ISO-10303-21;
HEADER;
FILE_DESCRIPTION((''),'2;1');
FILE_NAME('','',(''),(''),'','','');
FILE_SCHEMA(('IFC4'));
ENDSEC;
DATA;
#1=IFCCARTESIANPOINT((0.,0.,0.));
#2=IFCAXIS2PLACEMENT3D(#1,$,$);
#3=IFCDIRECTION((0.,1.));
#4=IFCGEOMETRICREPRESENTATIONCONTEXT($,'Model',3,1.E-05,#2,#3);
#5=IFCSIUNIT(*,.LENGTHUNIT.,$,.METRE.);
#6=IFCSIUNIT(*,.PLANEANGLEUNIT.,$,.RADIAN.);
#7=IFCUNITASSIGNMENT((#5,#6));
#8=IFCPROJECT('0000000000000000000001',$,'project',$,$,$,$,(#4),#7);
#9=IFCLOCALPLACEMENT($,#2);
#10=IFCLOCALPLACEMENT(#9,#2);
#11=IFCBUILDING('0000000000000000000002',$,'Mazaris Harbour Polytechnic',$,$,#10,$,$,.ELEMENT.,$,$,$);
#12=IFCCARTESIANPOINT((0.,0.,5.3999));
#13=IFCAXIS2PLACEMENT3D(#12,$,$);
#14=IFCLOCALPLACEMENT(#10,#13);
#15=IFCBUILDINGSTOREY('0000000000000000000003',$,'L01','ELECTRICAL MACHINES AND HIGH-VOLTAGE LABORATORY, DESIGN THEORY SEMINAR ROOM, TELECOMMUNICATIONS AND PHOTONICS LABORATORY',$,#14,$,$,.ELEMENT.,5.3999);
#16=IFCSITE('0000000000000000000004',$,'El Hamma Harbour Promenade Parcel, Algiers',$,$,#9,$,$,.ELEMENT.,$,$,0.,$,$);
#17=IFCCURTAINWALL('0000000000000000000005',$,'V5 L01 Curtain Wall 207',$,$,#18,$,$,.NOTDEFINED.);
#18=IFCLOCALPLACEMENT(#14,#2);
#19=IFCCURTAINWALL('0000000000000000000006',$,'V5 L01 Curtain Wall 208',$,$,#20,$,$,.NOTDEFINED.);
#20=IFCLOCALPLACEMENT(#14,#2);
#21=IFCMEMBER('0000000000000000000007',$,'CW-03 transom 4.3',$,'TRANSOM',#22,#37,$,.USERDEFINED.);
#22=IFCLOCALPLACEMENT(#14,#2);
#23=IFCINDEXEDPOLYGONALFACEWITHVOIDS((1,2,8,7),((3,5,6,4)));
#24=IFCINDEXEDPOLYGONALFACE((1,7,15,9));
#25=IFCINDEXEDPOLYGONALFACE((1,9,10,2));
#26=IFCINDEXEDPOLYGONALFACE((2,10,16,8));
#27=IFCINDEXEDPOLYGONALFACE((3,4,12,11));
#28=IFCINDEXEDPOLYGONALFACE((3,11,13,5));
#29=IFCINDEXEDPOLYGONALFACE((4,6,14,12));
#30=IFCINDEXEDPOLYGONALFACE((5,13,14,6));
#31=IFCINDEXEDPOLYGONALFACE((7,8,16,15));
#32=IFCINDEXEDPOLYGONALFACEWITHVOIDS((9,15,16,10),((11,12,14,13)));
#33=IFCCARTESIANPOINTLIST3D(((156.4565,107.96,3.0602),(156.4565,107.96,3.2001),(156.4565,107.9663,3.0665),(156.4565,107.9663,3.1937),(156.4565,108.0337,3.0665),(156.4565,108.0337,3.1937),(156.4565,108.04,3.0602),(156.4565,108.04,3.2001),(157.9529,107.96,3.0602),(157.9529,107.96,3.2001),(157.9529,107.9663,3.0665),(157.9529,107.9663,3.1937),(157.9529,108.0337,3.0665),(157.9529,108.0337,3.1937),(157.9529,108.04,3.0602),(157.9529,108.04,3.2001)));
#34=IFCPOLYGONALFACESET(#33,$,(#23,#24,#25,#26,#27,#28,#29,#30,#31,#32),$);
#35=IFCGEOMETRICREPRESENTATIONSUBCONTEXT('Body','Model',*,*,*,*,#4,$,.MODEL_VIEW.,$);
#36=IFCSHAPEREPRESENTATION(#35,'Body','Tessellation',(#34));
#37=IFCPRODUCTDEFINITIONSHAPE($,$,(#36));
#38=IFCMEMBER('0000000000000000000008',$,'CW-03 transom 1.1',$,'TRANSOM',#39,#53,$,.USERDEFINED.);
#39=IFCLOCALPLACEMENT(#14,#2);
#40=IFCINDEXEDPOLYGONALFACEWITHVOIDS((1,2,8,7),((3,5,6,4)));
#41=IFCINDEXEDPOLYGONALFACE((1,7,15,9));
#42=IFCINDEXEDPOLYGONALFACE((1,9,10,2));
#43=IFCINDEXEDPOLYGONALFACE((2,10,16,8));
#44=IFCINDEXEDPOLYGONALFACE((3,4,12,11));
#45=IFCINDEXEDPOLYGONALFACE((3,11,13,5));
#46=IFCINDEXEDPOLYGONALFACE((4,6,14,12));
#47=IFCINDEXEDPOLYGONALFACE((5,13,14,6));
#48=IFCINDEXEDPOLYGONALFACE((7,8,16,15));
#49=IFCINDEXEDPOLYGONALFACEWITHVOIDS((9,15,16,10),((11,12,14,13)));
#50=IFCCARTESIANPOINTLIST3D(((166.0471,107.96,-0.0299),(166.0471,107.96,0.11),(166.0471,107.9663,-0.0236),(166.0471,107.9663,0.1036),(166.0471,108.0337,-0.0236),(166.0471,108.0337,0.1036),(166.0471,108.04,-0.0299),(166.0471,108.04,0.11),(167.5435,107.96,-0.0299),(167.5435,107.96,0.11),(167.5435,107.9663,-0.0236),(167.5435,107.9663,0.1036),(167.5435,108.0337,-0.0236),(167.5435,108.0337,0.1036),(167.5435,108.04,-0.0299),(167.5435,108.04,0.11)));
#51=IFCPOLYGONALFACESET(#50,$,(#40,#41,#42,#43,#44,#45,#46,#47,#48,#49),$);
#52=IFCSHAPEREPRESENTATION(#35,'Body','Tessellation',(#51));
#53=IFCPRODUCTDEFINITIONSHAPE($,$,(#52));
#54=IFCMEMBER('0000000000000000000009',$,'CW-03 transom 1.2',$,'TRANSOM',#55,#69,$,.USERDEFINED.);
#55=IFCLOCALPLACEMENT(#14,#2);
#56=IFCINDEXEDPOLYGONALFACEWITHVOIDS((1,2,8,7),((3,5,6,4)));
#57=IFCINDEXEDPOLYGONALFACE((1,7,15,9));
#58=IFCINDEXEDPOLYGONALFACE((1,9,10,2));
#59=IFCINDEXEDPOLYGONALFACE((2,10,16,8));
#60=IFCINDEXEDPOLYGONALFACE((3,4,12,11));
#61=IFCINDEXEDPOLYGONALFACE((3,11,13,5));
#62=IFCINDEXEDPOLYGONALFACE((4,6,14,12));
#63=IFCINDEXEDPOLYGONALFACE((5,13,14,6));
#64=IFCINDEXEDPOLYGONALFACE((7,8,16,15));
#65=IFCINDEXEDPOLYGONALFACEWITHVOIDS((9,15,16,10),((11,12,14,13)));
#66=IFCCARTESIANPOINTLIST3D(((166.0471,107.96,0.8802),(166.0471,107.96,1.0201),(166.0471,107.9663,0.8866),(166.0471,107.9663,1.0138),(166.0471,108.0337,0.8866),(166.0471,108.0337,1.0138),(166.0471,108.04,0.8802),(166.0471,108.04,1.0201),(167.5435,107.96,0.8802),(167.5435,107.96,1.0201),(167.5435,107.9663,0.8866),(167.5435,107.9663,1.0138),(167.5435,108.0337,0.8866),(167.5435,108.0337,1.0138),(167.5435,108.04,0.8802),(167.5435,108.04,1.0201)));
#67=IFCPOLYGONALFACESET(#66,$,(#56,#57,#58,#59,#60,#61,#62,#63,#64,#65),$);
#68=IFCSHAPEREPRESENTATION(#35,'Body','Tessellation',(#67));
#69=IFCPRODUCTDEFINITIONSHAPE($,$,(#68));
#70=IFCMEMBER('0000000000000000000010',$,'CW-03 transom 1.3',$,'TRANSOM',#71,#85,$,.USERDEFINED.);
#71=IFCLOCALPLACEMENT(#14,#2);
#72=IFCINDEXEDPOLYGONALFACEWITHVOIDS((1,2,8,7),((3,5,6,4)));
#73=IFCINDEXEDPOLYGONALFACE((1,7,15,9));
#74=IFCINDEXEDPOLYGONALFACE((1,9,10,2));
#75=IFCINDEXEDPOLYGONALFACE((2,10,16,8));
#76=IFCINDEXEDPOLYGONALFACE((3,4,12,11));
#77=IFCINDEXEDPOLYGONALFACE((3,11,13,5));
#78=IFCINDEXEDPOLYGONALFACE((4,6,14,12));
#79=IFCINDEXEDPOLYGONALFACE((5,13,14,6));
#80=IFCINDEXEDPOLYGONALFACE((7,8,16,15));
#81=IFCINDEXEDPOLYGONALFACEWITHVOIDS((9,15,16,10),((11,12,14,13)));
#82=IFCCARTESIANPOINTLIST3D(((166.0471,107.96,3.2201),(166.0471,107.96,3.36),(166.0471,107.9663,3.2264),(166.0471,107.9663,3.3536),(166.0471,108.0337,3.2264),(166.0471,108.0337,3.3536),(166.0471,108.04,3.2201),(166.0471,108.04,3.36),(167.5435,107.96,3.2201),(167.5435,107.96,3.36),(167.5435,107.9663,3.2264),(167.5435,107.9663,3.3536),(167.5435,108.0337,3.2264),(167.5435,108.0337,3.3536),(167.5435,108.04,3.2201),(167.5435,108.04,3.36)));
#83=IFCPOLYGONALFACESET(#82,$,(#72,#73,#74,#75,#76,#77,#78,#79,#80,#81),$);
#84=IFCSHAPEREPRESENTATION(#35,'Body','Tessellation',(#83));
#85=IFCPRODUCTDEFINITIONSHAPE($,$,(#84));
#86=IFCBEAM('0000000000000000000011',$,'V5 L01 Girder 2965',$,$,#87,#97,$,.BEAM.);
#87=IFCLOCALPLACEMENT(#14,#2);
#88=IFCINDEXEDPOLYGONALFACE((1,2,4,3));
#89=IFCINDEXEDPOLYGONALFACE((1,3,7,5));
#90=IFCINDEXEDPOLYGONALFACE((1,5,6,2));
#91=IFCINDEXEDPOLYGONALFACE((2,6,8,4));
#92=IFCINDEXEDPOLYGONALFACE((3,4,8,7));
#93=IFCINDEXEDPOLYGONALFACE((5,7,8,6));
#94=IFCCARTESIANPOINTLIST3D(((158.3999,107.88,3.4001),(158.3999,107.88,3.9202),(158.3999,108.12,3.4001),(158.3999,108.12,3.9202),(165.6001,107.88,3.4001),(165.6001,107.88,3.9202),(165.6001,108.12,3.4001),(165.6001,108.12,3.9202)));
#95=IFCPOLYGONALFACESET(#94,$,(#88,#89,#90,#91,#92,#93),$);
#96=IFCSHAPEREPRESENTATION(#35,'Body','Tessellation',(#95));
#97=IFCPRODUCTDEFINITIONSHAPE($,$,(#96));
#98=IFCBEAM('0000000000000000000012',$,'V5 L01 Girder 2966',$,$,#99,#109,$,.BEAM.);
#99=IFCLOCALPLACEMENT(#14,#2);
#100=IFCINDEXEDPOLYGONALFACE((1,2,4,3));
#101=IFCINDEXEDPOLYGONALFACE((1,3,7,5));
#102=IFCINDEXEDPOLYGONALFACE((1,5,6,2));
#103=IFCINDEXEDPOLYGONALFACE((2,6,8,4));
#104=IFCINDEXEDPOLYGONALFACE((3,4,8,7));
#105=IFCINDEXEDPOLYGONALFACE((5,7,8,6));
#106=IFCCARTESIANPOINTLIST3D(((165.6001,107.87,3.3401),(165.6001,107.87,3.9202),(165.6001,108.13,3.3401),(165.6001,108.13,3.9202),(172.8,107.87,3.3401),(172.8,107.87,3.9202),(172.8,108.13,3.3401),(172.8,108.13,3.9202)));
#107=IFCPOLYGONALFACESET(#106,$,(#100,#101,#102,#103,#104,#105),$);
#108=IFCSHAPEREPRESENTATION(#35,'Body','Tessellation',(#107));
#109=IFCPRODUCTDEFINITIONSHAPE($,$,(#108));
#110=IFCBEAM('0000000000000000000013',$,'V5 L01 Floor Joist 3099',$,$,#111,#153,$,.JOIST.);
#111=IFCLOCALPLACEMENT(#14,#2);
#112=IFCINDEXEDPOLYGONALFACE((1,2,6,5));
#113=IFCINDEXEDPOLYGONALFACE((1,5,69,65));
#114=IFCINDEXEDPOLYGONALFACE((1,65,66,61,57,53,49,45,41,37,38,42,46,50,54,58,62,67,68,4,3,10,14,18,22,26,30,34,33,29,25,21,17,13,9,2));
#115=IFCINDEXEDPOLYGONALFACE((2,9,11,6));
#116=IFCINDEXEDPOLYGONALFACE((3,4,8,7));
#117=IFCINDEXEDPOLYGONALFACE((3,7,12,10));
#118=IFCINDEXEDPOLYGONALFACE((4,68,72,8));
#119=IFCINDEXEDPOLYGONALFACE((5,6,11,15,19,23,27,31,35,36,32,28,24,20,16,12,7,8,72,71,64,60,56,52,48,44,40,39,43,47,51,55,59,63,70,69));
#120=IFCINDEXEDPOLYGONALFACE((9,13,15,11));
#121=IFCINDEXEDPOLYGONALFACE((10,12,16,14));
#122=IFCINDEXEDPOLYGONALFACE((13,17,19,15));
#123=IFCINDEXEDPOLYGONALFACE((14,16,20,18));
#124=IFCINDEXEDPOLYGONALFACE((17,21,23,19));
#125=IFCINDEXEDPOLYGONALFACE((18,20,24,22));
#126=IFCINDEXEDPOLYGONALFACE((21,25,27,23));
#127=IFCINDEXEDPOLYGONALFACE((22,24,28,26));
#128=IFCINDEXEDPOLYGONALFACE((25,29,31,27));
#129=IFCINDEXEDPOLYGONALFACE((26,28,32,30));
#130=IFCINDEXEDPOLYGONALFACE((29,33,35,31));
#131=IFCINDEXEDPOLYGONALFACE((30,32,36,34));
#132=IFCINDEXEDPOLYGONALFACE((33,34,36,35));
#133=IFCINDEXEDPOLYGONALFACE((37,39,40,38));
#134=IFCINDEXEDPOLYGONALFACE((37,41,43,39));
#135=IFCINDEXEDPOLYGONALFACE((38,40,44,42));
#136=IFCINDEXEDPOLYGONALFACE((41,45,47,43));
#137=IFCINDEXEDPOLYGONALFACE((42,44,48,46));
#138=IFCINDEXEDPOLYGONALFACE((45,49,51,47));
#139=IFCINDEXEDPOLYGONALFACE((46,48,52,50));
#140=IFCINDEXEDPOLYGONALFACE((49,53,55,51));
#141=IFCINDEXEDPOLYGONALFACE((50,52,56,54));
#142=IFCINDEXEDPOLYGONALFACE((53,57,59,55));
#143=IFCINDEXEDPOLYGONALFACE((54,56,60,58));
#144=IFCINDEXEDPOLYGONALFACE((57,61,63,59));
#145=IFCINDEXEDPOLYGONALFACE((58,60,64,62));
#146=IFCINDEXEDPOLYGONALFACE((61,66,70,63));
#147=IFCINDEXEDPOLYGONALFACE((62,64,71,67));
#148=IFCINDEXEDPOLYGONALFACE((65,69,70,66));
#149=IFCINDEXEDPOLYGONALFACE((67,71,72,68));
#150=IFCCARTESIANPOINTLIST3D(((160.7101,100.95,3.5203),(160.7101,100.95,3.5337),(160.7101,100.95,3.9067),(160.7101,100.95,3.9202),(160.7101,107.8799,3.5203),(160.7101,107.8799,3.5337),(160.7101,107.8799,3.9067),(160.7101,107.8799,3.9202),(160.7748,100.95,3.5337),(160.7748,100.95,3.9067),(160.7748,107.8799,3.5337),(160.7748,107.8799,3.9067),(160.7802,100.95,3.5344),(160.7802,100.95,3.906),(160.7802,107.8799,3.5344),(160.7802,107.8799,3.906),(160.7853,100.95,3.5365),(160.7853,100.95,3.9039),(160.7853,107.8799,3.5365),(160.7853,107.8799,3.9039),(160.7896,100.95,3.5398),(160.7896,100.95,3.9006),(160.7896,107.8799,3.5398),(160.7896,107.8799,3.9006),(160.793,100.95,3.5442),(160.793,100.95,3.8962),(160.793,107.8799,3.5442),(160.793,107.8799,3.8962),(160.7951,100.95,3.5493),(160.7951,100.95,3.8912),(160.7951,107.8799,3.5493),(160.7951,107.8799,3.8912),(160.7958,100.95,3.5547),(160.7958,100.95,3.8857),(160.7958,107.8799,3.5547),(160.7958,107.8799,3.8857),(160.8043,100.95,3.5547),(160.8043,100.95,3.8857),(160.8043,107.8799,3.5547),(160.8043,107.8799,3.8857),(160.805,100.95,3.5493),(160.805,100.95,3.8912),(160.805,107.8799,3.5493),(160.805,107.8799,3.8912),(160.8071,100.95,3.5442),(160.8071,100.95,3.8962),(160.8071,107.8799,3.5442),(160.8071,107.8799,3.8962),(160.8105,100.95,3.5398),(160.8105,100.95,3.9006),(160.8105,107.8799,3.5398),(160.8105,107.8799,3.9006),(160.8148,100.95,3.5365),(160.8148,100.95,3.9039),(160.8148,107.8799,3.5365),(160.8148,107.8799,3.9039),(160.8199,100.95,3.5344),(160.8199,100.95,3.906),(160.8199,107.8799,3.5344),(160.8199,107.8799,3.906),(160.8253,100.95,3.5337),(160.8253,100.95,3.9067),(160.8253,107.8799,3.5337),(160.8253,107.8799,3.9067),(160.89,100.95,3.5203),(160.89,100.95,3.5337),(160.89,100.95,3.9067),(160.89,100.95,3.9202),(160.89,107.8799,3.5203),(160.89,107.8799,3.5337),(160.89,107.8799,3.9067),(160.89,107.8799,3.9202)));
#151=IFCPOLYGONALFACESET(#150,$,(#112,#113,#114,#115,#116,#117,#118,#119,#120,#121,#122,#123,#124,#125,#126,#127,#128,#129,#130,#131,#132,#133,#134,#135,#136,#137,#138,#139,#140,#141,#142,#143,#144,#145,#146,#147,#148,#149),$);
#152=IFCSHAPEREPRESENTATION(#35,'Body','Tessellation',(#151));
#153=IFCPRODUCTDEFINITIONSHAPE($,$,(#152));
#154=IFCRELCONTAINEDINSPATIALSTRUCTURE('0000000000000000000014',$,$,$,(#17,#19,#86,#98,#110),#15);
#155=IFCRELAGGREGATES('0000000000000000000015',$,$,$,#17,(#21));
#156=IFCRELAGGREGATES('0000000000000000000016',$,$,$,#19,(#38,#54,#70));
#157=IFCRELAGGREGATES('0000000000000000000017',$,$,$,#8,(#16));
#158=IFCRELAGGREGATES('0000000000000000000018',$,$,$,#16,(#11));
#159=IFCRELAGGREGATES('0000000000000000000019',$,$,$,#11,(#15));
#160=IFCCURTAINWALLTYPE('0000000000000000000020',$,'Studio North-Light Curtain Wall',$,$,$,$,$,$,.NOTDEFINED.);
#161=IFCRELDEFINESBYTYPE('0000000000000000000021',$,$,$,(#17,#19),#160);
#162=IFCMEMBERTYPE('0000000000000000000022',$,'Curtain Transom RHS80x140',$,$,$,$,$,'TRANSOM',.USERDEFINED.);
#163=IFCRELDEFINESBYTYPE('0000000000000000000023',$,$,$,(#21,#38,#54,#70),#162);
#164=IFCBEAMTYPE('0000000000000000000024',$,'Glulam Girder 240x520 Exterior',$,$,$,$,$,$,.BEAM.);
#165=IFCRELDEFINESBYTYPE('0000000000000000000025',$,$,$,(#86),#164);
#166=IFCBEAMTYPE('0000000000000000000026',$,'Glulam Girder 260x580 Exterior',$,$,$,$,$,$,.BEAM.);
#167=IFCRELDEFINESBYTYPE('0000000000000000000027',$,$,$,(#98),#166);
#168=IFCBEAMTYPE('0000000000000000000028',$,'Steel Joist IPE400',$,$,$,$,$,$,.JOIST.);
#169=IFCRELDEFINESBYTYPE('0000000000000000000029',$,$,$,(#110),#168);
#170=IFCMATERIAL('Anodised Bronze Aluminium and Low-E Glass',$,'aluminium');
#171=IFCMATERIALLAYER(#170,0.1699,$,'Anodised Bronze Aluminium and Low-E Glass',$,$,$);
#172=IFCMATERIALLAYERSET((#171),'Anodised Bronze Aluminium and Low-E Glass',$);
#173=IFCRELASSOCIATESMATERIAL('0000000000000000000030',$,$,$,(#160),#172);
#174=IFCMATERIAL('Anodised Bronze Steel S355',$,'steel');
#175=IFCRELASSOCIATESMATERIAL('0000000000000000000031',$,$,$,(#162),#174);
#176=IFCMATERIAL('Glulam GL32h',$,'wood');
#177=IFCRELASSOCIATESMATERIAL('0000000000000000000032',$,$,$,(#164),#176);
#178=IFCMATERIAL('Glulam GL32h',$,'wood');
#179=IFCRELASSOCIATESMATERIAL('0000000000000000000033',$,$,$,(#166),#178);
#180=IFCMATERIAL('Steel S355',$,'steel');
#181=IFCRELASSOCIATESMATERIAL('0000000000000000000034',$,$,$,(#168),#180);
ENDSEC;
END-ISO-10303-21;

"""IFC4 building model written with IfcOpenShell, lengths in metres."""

from ifc_helpers import new_model, si_unit, direction, frame, origin, origin_2d, place, context, subcontext, project, spatial, rectangle, hollow_rectangle, i_section, extrude, material, layer, layer_set, material_profile, profile_set, type_object, element, aggregate, save


model = new_model("IFC4")

# Units and contexts
model_context = context("Model", 3, precision=1e-05, world=origin(), true_north=direction((0.0, 1.0)))
body_context = subcontext(model_context, "Body", "Model", "MODEL_VIEW")
ifc_project = project(units=[si_unit("LENGTHUNIT", "METRE"), si_unit("PLANEANGLEUNIT", "RADIAN")], contexts=[model_context])

# Site, building, storey
site_placement = place(None, origin())
site = spatial("IfcSite", under=ifc_project, at=site_placement, Name="El Hamma Harbour Promenade Parcel, Algiers", CompositionType="ELEMENT", RefElevation=0.0)
building_placement = place(site_placement, origin())
building = spatial("IfcBuilding", under=site, at=building_placement, Name="Mazaris Harbour Polytechnic", CompositionType="ELEMENT")
storey_placement = place(building_placement, frame((0.0, 0.0, 5.3999)))
storey = spatial("IfcBuildingStorey", under=building, at=storey_placement, Name="L01", Description="ELECTRICAL MACHINES AND HIGH-VOLTAGE LABORATORY, DESIGN THEORY SEMINAR ROOM, TELECOMMUNICATIONS AND PHOTONICS LABORATORY", CompositionType="ELEMENT", Elevation=5.3999)

# Curtain wall
ifc_material_1 = material(Name="Anodised Bronze Aluminium and Low-E Glass", Category="aluminium")
ifc_layer_1 = layer(ifc_material_1, 0.1699, Name="Anodised Bronze Aluminium and Low-E Glass")
ifc_layer_set_1 = layer_set([ifc_layer_1], Name="Anodised Bronze Aluminium and Low-E Glass")
curtain_wall_type = type_object("IfcCurtainWallType", Name="Studio North-Light Curtain Wall", PredefinedType="NOTDEFINED", material=ifc_layer_set_1)
curtain_wall_1_placement = place(storey_placement, origin())
curtain_wall_1 = element("IfcCurtainWall", 1, at=curtain_wall_1_placement, inside=storey, type_object=curtain_wall_type, Name="V5 L01 Curtain Wall 207", PredefinedType="NOTDEFINED")

# Curtain wall
curtain_wall_2_placement = place(storey_placement, origin())
curtain_wall_2 = element("IfcCurtainWall", 2, at=curtain_wall_2_placement, inside=storey, type_object=curtain_wall_type, Name="V5 L01 Curtain Wall 208", PredefinedType="NOTDEFINED")

# Members
ifc_material_2 = material(Name="Anodised Bronze Steel S355", Category="steel")
ifc_material_profile_1 = material_profile(ifc_material_2, hollow_rectangle(XDim=0.0801, YDim=0.1399, WallThickness=0.0063, at=origin_2d()), Name="RHS 80x140x6.3")
ifc_profile_set_1 = profile_set([ifc_material_profile_1], Name="Anodised Bronze Steel S355")
member_type_1 = type_object("IfcMemberType", Name="Curtain Transom RHS80x140", ElementType="TRANSOM", PredefinedType="USERDEFINED", material=ifc_profile_set_1)
member_1_placement = place(storey_placement, frame((156.4565, 108.0, 3.1301), z_axis=(1.0, 0.0, 0.0), x_axis=(0.0, 1.0, 0.0)))
member_1 = element("IfcMember", 3, at=member_1_placement, type_object=member_type_1, Name="CW-03 transom 4.3", ObjectType="TRANSOM", PredefinedType="USERDEFINED", context=body_context, shape_type="SweptSolid", body=[
    extrude(hollow_rectangle(XDim=0.0801, YDim=0.1399, WallThickness=0.0063, at=origin_2d()), origin(), (0.0, 0.0, 1.0), 1.4963),
])
member_2_placement = place(storey_placement, frame((166.0471, 108.0, 0.04), z_axis=(1.0, 0.0, 0.0), x_axis=(0.0, 1.0, 0.0)))
member_2 = element("IfcMember", 4, at=member_2_placement, type_object=member_type_1, Name="CW-03 transom 1.1", ObjectType="TRANSOM", PredefinedType="USERDEFINED", context=body_context, shape_type="SweptSolid", body=[
    extrude(hollow_rectangle(XDim=0.0801, YDim=0.1399, WallThickness=0.0063, at=origin_2d()), origin(), (0.0, 0.0, 1.0), 1.4963),
])
member_3_placement = place(storey_placement, frame((166.0471, 108.0, 0.9502), z_axis=(1.0, 0.0, 0.0), x_axis=(0.0, 1.0, 0.0)))
member_3 = element("IfcMember", 5, at=member_3_placement, type_object=member_type_1, Name="CW-03 transom 1.2", ObjectType="TRANSOM", PredefinedType="USERDEFINED", context=body_context, shape_type="SweptSolid", body=[
    extrude(hollow_rectangle(XDim=0.0801, YDim=0.1399, WallThickness=0.0063, at=origin_2d()), origin(), (0.0, 0.0, 1.0), 1.4963),
])
member_4_placement = place(storey_placement, frame((166.0471, 108.0, 3.29), z_axis=(1.0, 0.0, 0.0), x_axis=(0.0, 1.0, 0.0)))
member_4 = element("IfcMember", 6, at=member_4_placement, type_object=member_type_1, Name="CW-03 transom 1.3", ObjectType="TRANSOM", PredefinedType="USERDEFINED", context=body_context, shape_type="SweptSolid", body=[
    extrude(hollow_rectangle(XDim=0.0801, YDim=0.1399, WallThickness=0.0063, at=origin_2d()), origin(), (0.0, 0.0, 1.0), 1.4963),
])

# Beams
ifc_material_3 = material(Name="Glulam GL32h", Category="wood")
ifc_material_profile_2 = material_profile(ifc_material_3, rectangle(XDim=0.24, YDim=0.52, at=origin_2d()), Name="RECT240x520")
ifc_profile_set_2 = profile_set([ifc_material_profile_2], Name="Glulam GL32h")
beam_type_1 = type_object("IfcBeamType", Name="Glulam Girder 240x520 Exterior", PredefinedType="BEAM", material=ifc_profile_set_2)
beam_1_placement = place(storey_placement, frame((158.3999, 108.0, 3.6602), z_axis=(1.0, 0.0, 0.0), x_axis=(0.0, 1.0, 0.0)))
element("IfcBeam", 7, at=beam_1_placement, inside=storey, type_object=beam_type_1, Name="V5 L01 Girder 2965", PredefinedType="BEAM", context=body_context, shape_type="SweptSolid", body=[
    extrude(rectangle(XDim=0.24, YDim=0.52, at=origin_2d()), origin(), (0.0, 0.0, 1.0), 7.2002),
])
ifc_material_4 = material(Name="Glulam GL32h", Category="wood")
ifc_material_profile_3 = material_profile(ifc_material_4, rectangle(XDim=0.26, YDim=0.5801, at=origin_2d()), Name="RECT260x580")
ifc_profile_set_3 = profile_set([ifc_material_profile_3], Name="Glulam GL32h")
beam_type_2 = type_object("IfcBeamType", Name="Glulam Girder 260x580 Exterior", PredefinedType="BEAM", material=ifc_profile_set_3)
beam_2_placement = place(storey_placement, frame((165.6001, 108.0, 3.6301), z_axis=(1.0, 0.0, 0.0), x_axis=(0.0, 1.0, 0.0)))
element("IfcBeam", 8, at=beam_2_placement, inside=storey, type_object=beam_type_2, Name="V5 L01 Girder 2966", PredefinedType="BEAM", context=body_context, shape_type="SweptSolid", body=[
    extrude(rectangle(XDim=0.26, YDim=0.5801, at=origin_2d()), origin(), (0.0, 0.0, 1.0), 7.2),
])
ifc_material_5 = material(Name="Steel S355", Category="steel")
ifc_material_profile_4 = material_profile(ifc_material_5, i_section(OverallWidth=0.1799, OverallDepth=0.3999, WebThickness=0.0085, FlangeThickness=0.0134, FilletRadius=0.021, at=origin_2d()), Name="IPE 400")
ifc_profile_set_4 = profile_set([ifc_material_profile_4], Name="Steel S355")
beam_type_3 = type_object("IfcBeamType", Name="Steel Joist IPE400", PredefinedType="JOIST", material=ifc_profile_set_4)
beam_3_placement = place(storey_placement, frame((160.8, 100.95, 3.7202), z_axis=(0.0, 1.0, 0.0), x_axis=(-1.0, 0.0, 0.0)))
element("IfcBeam", 9, at=beam_3_placement, inside=storey, type_object=beam_type_3, Name="V5 L01 Floor Joist 3099", PredefinedType="JOIST", context=body_context, shape_type="SweptSolid", body=[
    extrude(i_section(OverallWidth=0.1799, OverallDepth=0.3999, WebThickness=0.0085, FlangeThickness=0.0134, FilletRadius=0.021, at=origin_2d()), origin(), (0.0, 0.0, 1.0), 6.9299),
])

aggregate(curtain_wall_1, [member_1])
aggregate(curtain_wall_2, [member_2, member_3, member_4])

save(model, "model.ifc")
